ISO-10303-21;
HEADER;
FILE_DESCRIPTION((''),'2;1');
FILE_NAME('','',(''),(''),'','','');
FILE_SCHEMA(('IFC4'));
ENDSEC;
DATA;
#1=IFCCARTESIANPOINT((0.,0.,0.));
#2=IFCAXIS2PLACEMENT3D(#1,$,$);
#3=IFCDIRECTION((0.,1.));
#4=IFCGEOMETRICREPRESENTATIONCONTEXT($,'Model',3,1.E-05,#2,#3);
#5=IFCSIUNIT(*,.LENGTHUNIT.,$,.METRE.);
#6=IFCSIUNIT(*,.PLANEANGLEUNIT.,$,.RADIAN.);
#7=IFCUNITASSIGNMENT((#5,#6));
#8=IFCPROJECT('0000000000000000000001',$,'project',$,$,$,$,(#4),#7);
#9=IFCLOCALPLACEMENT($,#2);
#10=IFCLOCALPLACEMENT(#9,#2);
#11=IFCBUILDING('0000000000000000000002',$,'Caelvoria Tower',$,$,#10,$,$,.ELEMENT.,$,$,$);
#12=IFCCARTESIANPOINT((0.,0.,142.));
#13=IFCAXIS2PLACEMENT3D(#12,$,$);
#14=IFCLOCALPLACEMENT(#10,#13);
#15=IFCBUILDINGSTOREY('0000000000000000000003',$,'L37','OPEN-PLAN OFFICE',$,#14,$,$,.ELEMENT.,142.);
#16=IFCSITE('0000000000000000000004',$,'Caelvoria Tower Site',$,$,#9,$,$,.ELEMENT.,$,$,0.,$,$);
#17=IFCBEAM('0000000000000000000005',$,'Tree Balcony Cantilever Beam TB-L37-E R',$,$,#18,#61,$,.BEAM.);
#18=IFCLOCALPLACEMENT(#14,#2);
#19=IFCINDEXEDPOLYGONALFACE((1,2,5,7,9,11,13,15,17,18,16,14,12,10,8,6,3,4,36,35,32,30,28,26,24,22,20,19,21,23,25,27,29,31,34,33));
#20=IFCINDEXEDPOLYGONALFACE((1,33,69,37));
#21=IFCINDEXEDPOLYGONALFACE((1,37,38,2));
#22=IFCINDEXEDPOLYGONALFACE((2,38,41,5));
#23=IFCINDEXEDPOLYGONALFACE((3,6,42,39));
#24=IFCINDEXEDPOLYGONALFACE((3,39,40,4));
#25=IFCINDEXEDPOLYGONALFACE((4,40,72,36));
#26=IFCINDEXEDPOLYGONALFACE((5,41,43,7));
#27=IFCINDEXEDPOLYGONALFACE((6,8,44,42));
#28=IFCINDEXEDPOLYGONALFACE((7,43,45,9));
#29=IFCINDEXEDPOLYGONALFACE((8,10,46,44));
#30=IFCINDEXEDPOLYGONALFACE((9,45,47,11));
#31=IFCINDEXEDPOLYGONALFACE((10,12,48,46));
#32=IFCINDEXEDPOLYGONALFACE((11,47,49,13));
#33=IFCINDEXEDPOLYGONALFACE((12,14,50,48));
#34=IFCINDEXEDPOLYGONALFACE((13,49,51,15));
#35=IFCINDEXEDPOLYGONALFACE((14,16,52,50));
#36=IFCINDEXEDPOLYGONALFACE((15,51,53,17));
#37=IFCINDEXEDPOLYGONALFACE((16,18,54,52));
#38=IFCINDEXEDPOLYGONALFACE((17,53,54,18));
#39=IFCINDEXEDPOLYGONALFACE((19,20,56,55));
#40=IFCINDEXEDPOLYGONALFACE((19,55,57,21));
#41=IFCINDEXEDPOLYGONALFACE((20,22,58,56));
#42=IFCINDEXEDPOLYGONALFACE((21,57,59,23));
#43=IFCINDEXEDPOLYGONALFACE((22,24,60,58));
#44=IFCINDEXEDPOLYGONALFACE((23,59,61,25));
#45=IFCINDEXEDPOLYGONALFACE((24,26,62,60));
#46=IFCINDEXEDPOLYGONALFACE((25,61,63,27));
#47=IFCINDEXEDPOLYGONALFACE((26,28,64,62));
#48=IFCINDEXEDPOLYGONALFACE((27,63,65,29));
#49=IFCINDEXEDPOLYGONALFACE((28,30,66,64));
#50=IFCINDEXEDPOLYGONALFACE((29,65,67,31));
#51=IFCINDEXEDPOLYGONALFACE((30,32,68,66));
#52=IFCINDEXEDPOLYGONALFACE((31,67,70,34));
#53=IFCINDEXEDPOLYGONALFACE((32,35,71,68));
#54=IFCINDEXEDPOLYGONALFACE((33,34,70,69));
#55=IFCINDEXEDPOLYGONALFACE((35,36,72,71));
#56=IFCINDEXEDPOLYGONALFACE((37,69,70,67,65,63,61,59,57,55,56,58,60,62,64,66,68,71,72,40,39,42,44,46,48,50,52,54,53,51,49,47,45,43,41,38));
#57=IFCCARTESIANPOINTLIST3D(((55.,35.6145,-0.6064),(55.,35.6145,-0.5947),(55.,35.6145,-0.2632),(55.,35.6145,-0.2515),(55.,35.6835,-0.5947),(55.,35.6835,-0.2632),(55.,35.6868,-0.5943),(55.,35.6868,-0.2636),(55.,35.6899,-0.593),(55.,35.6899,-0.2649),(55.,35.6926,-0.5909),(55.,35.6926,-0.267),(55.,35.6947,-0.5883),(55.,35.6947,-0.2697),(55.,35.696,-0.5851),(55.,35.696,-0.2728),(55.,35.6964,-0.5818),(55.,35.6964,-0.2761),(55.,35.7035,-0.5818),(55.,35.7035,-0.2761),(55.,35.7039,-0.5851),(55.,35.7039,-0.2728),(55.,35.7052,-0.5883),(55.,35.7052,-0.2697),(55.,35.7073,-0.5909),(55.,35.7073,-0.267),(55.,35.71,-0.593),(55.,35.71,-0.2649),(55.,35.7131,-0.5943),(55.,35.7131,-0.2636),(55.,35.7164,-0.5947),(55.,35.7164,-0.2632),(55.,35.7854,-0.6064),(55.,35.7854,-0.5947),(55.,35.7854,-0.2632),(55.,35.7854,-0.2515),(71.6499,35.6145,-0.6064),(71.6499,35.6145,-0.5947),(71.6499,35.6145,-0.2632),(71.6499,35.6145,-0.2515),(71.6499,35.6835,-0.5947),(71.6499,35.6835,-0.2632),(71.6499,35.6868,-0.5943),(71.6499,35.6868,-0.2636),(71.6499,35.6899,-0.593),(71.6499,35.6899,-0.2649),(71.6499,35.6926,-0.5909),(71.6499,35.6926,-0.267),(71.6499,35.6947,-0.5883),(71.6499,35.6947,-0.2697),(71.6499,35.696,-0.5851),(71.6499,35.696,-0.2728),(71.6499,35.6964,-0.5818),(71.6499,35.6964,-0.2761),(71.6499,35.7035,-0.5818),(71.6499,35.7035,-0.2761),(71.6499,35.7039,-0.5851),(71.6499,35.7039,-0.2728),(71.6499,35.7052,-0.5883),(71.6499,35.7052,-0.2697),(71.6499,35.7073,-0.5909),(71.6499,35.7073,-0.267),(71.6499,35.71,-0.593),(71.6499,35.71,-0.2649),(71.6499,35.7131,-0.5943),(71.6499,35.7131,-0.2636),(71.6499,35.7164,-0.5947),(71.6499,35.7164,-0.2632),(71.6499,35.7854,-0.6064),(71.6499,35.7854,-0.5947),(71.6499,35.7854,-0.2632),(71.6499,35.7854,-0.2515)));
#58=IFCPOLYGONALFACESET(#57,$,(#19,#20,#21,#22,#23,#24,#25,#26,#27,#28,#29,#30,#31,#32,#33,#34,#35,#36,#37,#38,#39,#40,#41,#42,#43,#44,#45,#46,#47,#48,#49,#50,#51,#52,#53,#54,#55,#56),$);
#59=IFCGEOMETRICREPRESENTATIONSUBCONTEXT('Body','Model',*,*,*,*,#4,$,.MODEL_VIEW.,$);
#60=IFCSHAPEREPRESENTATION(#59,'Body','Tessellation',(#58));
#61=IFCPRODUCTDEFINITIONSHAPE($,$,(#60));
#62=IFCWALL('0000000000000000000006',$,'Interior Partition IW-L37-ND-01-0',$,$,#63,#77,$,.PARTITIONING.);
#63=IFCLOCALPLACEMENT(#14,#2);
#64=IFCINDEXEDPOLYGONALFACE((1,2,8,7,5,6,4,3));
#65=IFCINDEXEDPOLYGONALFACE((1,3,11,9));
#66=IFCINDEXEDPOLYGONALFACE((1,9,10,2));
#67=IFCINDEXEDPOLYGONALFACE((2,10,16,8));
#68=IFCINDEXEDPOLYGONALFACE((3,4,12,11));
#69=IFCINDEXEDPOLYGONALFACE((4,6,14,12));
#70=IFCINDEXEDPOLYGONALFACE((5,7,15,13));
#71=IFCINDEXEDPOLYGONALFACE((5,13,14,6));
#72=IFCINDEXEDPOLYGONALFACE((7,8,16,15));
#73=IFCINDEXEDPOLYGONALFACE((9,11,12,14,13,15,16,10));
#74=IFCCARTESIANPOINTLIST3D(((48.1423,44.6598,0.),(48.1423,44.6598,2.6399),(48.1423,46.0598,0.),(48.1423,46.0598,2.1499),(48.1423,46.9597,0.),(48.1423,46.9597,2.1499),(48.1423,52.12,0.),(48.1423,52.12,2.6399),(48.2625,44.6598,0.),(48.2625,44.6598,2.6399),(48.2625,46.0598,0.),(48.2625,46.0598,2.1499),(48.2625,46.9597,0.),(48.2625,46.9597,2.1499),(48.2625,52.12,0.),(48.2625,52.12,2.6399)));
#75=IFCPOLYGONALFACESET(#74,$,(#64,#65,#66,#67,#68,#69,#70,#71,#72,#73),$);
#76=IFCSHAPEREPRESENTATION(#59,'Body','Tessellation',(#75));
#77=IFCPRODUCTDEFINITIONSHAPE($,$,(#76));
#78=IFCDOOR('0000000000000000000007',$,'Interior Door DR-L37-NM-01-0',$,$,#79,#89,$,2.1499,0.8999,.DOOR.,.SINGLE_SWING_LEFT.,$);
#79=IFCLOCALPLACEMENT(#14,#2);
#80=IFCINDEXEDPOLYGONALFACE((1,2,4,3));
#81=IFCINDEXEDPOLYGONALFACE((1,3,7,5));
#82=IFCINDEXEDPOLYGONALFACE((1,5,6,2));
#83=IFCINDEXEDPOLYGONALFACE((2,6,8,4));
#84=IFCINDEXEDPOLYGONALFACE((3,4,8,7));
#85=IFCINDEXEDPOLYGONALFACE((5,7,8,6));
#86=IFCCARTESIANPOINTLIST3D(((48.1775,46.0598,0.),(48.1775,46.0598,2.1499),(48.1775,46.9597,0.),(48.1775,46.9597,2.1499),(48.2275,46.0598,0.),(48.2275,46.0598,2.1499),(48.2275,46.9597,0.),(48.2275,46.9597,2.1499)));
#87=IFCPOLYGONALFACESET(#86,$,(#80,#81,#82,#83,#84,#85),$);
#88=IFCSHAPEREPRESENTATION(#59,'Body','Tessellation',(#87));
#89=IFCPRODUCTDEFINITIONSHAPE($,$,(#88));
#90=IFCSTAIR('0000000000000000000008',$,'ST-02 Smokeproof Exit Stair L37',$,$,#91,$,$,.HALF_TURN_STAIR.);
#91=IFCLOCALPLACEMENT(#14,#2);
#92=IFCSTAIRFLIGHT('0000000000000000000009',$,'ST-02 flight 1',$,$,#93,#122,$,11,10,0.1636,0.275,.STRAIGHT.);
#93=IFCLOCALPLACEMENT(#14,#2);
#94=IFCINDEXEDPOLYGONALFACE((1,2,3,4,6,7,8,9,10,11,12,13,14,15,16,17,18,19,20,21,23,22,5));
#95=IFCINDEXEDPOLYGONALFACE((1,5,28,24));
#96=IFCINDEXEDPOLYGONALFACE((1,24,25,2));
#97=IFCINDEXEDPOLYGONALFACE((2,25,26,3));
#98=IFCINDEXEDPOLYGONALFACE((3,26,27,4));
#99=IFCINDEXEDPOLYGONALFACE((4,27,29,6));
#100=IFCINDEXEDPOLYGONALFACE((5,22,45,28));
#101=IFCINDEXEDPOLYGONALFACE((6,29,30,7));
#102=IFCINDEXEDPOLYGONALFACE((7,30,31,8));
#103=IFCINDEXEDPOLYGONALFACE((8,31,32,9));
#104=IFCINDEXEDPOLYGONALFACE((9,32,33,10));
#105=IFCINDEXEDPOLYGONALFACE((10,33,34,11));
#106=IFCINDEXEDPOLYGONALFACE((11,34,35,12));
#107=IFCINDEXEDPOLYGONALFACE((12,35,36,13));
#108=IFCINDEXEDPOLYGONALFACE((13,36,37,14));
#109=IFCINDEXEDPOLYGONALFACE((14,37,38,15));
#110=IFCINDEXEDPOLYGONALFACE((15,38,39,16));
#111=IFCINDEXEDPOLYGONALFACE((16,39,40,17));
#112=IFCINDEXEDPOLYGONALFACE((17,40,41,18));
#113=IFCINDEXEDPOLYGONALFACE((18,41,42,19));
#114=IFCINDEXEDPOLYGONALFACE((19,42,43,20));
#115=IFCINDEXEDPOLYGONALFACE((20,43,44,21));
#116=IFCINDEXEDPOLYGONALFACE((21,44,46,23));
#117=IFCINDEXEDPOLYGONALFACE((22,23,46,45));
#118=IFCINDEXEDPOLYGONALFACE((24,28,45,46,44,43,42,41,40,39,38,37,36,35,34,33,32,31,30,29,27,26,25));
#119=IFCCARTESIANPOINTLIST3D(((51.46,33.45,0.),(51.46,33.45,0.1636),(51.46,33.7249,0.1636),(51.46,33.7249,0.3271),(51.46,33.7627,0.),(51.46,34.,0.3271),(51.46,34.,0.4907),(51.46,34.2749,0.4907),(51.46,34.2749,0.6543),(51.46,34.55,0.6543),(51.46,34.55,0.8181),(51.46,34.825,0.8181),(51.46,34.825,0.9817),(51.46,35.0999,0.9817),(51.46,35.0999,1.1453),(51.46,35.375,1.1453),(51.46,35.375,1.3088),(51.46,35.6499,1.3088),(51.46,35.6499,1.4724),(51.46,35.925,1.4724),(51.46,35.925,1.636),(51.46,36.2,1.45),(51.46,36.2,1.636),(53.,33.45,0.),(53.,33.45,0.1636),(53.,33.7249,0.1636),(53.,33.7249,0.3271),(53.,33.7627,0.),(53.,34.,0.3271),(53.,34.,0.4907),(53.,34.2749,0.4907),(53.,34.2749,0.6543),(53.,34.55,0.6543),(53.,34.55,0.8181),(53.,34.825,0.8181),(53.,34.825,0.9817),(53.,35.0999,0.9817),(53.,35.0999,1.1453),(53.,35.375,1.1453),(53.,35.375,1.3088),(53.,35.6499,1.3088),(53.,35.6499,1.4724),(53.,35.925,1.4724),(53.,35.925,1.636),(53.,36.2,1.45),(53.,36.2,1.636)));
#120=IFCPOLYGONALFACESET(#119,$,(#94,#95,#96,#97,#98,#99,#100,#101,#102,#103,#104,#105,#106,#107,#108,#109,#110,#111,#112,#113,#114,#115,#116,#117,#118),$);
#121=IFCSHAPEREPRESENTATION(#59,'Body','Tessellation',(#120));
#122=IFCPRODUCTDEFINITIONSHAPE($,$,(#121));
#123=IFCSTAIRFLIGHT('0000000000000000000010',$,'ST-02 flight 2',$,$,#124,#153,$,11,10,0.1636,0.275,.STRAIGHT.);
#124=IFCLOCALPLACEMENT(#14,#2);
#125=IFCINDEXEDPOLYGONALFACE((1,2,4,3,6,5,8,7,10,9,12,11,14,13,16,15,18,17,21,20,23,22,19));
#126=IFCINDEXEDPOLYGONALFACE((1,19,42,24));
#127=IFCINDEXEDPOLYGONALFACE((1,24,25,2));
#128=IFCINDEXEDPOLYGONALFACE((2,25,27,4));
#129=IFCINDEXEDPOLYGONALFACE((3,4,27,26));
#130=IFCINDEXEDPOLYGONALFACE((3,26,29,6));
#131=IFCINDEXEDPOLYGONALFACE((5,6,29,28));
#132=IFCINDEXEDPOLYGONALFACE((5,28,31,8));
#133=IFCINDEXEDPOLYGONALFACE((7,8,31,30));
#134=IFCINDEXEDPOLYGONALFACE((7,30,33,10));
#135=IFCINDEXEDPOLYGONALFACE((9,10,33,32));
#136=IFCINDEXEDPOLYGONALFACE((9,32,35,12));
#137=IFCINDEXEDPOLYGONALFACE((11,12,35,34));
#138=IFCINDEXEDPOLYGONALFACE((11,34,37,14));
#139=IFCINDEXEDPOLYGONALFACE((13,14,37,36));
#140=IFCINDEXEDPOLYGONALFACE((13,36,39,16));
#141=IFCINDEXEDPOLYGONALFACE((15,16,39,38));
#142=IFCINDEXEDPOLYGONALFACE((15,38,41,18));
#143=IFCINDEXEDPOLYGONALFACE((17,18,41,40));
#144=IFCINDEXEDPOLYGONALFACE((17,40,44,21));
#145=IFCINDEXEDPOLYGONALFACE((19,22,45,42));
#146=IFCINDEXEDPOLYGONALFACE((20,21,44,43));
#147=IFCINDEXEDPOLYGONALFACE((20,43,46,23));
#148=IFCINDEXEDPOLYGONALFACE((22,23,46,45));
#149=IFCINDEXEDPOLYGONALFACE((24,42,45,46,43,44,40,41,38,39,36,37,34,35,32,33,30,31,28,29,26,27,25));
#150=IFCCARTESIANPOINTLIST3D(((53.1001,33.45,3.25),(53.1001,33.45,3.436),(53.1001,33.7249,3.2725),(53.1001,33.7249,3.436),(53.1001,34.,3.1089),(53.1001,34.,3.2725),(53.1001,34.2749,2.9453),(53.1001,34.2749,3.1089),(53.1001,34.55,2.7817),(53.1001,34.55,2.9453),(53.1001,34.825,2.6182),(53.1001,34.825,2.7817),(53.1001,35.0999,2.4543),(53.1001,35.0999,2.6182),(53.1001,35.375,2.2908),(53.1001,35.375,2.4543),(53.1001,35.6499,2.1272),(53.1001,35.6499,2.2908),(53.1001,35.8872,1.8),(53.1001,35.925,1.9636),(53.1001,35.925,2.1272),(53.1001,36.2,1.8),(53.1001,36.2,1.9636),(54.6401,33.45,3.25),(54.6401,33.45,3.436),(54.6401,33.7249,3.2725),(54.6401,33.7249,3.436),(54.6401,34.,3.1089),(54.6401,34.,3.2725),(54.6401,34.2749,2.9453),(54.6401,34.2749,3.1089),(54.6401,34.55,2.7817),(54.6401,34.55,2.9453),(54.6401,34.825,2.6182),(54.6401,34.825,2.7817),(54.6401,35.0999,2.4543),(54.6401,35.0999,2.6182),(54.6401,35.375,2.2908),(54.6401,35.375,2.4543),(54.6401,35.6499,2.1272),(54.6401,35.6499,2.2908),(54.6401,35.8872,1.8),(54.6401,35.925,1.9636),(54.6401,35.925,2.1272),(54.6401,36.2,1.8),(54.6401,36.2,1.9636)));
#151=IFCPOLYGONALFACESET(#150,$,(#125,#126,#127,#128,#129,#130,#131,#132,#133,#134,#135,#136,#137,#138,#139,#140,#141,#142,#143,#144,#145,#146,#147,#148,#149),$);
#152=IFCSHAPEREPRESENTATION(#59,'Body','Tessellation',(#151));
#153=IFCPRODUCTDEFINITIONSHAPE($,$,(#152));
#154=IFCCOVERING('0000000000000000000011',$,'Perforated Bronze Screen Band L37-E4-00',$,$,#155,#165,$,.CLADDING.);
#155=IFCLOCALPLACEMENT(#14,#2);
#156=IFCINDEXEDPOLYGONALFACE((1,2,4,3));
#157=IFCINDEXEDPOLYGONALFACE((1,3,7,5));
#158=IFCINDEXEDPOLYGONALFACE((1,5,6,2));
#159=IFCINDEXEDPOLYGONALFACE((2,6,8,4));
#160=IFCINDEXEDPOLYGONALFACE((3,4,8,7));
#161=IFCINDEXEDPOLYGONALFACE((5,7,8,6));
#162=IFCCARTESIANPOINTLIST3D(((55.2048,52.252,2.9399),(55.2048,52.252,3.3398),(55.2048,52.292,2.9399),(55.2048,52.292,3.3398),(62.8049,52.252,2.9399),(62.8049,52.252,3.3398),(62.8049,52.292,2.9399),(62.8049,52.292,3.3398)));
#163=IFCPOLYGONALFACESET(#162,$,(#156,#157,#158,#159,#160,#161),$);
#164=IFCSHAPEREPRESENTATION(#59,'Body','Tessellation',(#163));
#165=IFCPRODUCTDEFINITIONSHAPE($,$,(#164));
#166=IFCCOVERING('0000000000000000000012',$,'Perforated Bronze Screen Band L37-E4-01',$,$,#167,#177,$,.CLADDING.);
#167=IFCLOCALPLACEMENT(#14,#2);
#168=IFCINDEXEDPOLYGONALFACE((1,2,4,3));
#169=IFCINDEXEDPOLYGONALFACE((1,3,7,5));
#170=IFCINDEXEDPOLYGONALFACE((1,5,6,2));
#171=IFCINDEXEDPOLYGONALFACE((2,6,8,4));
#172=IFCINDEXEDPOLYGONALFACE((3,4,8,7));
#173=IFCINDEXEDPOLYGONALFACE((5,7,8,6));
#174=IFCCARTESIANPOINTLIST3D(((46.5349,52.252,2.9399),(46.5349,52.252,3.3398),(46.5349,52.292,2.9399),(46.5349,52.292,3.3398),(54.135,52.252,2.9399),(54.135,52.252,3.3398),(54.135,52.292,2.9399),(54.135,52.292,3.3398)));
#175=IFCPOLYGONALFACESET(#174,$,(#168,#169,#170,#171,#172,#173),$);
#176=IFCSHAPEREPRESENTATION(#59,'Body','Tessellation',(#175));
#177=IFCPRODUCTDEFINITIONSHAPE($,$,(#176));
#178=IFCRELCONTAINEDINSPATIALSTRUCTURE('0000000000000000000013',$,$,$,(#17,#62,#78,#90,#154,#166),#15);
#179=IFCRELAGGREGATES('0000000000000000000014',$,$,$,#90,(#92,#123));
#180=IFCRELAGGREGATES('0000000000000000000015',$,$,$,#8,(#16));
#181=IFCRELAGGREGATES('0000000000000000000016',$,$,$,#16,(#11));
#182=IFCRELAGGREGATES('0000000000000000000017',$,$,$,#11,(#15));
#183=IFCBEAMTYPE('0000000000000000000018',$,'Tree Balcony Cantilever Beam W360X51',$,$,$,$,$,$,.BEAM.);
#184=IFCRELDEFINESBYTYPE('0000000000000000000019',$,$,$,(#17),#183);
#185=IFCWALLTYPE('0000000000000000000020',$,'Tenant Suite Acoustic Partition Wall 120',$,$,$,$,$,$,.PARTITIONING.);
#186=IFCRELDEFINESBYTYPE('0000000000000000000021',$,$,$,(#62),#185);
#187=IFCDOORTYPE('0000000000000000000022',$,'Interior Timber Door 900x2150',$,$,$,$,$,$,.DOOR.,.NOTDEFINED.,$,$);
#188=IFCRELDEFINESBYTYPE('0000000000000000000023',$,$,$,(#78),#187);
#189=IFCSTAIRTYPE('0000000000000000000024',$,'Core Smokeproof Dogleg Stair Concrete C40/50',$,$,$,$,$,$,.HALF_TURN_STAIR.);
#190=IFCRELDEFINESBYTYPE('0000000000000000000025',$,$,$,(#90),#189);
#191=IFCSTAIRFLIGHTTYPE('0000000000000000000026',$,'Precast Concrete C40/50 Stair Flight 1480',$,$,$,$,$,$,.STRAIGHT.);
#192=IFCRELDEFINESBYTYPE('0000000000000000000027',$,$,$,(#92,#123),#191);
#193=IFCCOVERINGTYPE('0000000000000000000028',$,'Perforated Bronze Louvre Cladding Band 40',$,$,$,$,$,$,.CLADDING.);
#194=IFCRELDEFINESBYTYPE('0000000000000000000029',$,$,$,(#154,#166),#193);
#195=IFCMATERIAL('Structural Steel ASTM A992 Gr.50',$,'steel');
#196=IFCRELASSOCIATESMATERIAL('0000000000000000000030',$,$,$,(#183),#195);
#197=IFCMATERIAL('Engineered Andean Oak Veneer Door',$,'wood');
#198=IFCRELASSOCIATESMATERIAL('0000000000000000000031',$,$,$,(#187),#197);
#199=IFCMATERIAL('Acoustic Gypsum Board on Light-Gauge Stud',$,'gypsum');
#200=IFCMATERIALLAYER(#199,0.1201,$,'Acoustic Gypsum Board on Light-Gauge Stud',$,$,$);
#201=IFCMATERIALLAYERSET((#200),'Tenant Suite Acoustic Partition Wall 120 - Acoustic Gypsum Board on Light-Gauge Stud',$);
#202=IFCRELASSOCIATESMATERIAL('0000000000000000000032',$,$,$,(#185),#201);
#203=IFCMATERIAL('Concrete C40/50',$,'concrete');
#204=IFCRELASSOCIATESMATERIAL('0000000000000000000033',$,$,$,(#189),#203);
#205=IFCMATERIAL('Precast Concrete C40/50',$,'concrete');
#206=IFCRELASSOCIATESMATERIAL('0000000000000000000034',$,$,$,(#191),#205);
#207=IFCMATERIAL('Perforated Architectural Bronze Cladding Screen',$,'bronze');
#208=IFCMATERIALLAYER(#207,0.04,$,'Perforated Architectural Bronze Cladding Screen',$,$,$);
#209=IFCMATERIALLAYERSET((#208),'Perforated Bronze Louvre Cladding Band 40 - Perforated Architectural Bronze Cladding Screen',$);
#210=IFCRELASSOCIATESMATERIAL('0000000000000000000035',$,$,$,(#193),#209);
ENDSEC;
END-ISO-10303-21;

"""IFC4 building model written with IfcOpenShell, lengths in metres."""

from ifc_helpers import new_model, si_unit, direction, frame, frame_2d, origin, origin_2d, place, context, subcontext, project, spatial, polyline, rectangle, i_section, outline, extrude, material, layer, layer_set, material_profile, profile_set, type_object, element, fill, aggregate, save


model = new_model("IFC4")

# Units and contexts
model_context = context("Model", 3, precision=1e-05, world=origin(), true_north=direction((0.0, 1.0)))
body_context = subcontext(model_context, "Body", "Model", "MODEL_VIEW")
ifc_project = project(units=[si_unit("LENGTHUNIT", "METRE"), si_unit("PLANEANGLEUNIT", "RADIAN")], contexts=[model_context])

# Site, building, storey
site_placement = place(None, origin())
site = spatial("IfcSite", under=ifc_project, at=site_placement, Name="Caelvoria Tower Site", CompositionType="ELEMENT", RefElevation=0.0)
building_placement = place(site_placement, origin())
building = spatial("IfcBuilding", under=site, at=building_placement, Name="Caelvoria Tower", CompositionType="ELEMENT")
storey_placement = place(building_placement, frame((0.0, 0.0, 142.0)))
storey = spatial("IfcBuildingStorey", under=building, at=storey_placement, Name="L37", Description="OPEN-PLAN OFFICE", CompositionType="ELEMENT", Elevation=142.0)

# Shared definitions
ifc_material_1 = material(Name="Structural Steel ASTM A992 Gr.50", Category="steel")

# Beam
ifc_material_profile_1 = material_profile(ifc_material_1, i_section(OverallWidth=0.1709, OverallDepth=0.355, WebThickness=0.0071, FlangeThickness=0.0117, FilletRadius=0.0129, at=origin_2d()), Name="Structural Steel ASTM A992 Gr.50")
ifc_profile_set_1 = profile_set([ifc_material_profile_1], Name="W360X51 - Structural Steel ASTM A992 Gr.50")
beam_type_1 = type_object("IfcBeamType", Name="Tree Balcony Cantilever Beam W360X51", PredefinedType="BEAM", material=ifc_profile_set_1)
beam_1_placement = place(storey_placement, frame((55.0, 35.7, -0.429), z_axis=(1.0, 0.0, 0.0), x_axis=(0.0, 1.0, 0.0)))
element("IfcBeam", 1, at=beam_1_placement, inside=storey, type_object=beam_type_1, Name="Tree Balcony Cantilever Beam TB-L37-E R", PredefinedType="BEAM", context=body_context, shape_type="SweptSolid", body=[
    extrude(i_section(OverallWidth=0.1709, OverallDepth=0.355, WebThickness=0.0071, FlangeThickness=0.0117, FilletRadius=0.0129, at=origin_2d()), origin(), (0.0, 0.0, 1.0), 16.6499),
])

# Wall, opening, door
ifc_material_2 = material(Name="Engineered Andean Oak Veneer Door", Category="wood")
door_type_1 = type_object("IfcDoorType", Name="Interior Timber Door 900x2150", OperationType="NOTDEFINED", PredefinedType="DOOR", material=ifc_material_2)
ifc_material_3 = material(Name="Acoustic Gypsum Board on Light-Gauge Stud", Category="gypsum")
ifc_layer_1 = layer(ifc_material_3, 0.1201, Name="Acoustic Gypsum Board on Light-Gauge Stud")
ifc_layer_set_1 = layer_set([ifc_layer_1], Name="Tenant Suite Acoustic Partition Wall 120 - Acoustic Gypsum Board on Light-Gauge Stud")
wall_type_1 = type_object("IfcWallType", Name="Tenant Suite Acoustic Partition Wall 120", PredefinedType="PARTITIONING", material=ifc_layer_set_1)
wall_1_placement = place(storey_placement, frame((48.2024, 44.6599, 0.0), z_axis=(0.0, 0.0, 1.0), x_axis=(0.0, 1.0, 0.0)))
wall_1 = element("IfcWall", 2, at=wall_1_placement, inside=storey, type_object=wall_type_1, Name="Interior Partition IW-L37-ND-01-0", PredefinedType="PARTITIONING", context=body_context, shape_type="SweptSolid", body=[
    extrude(rectangle(XDim=7.4602, YDim=0.1201, at=frame_2d((3.73, 0.0))), origin(), (0.0, 0.0, 1.0), 2.6399),
])
opening_1_placement = place(wall_1_placement, frame((1.3999, 0.0, 0.0)))
opening_1 = element("IfcOpeningElement", 3, at=opening_1_placement, cuts=wall_1, PredefinedType="OPENING", context=body_context, shape_type="SweptSolid", body=[
    extrude(rectangle(XDim=0.8999, YDim=2.1499, at=frame_2d((0.45, 1.075))), frame((0.0, 0.0701, 0.0), z_axis=(0.0, -1.0, 0.0), x_axis=(1.0, 0.0, 0.0)), (0.0, 0.0, 1.0), 0.1401),
])
door_1_placement = place(opening_1_placement, origin())
door_1 = element("IfcDoor", 4, at=door_1_placement, inside=storey, type_object=door_type_1, Name="Interior Door DR-L37-NM-01-0", OperationType="SINGLE_SWING_LEFT", OverallHeight=2.1499, OverallWidth=0.8999, PredefinedType="DOOR", context=body_context, shape_type="SweptSolid", body=[
    extrude(rectangle(XDim=0.8999, YDim=2.1499, at=frame_2d((0.45, 1.075))), frame((0.0, 0.0249, 0.0), z_axis=(0.0, -1.0, 0.0), x_axis=(1.0, 0.0, 0.0)), (0.0, 0.0, 1.0), 0.05),
])
fill(opening_1, door_1)

# Stair, stair flights
ifc_material_4 = material(Name="Concrete C40/50", Category="concrete")
stair_type = type_object("IfcStairType", Name="Core Smokeproof Dogleg Stair Concrete C40/50", PredefinedType="HALF_TURN_STAIR", material=ifc_material_4)
stair_placement = place(storey_placement, origin())
stair = element("IfcStair", 5, at=stair_placement, inside=storey, type_object=stair_type, Name="ST-02 Smokeproof Exit Stair L37", PredefinedType="HALF_TURN_STAIR")
ifc_material_5 = material(Name="Precast Concrete C40/50", Category="concrete")
stair_flight_type = type_object("IfcStairFlightType", Name="Precast Concrete C40/50 Stair Flight 1480", PredefinedType="STRAIGHT", material=ifc_material_5)
stair_flight_1_placement = place(storey_placement, frame((52.23, 33.45, 0.0), z_axis=(0.0, 0.0, 1.0), x_axis=(0.0, 1.0, 0.0)))
stair_flight_1 = element("IfcStairFlight", 6, at=stair_flight_1_placement, type_object=stair_flight_type, Name="ST-02 flight 1", NumberOfRisers=11, NumberOfTreads=10, PredefinedType="STRAIGHT", RiserHeight=0.1636, TreadLength=0.275, context=body_context, shape_type="SweptSolid", body=[
    extrude(outline(polyline([(0.0, 0.0), (0.0, 0.1636), (0.2749, 0.1636), (0.2749, 0.3271), (0.55, 0.3271), (0.55, 0.4907), (0.825, 0.4907), (0.825, 0.6543), (1.1001, 0.6543), (1.1001, 0.8181), (1.375, 0.8181), (1.375, 0.9817), (1.6499, 0.9817), (1.6499, 1.1453), (1.925, 1.1453), (1.925, 1.3088), (2.2, 1.3088), (2.2, 1.4724), (2.4751, 1.4724), (2.4751, 1.636), (2.75, 1.636), (2.75, 1.7996), (2.75, 1.45), (0.3127, 0.0), (0.0, 0.0)])), frame((0.0, 0.77, 0.0), z_axis=(0.0, -1.0, 0.0), x_axis=(1.0, 0.0, 0.0)), (0.0, 0.0, 1.0), 1.54),
])
stair_flight_2_placement = place(storey_placement, frame((53.8701, 36.2, 1.8), z_axis=(0.0, 0.0, 1.0), x_axis=(0.0, -1.0, 0.0)))
stair_flight_2 = element("IfcStairFlight", 7, at=stair_flight_2_placement, type_object=stair_flight_type, Name="ST-02 flight 2", NumberOfRisers=11, NumberOfTreads=10, PredefinedType="STRAIGHT", RiserHeight=0.1636, TreadLength=0.275, context=body_context, shape_type="SweptSolid", body=[
    extrude(outline(polyline([(0.0, 0.0), (0.0, 0.1636), (0.2749, 0.1636), (0.2749, 0.3271), (0.55, 0.3271), (0.55, 0.4907), (0.825, 0.4907), (0.825, 0.6543), (1.1001, 0.6543), (1.1001, 0.8181), (1.375, 0.8181), (1.375, 0.9817), (1.6499, 0.9817), (1.6499, 1.1453), (1.925, 1.1453), (1.925, 1.3088), (2.2, 1.3088), (2.2, 1.4724), (2.4751, 1.4724), (2.4751, 1.636), (2.75, 1.636), (2.75, 1.7996), (2.75, 1.45), (0.3127, 0.0), (0.0, 0.0)])), frame((0.0, 0.77, 0.0), z_axis=(0.0, -1.0, 0.0), x_axis=(1.0, 0.0, 0.0)), (0.0, 0.0, 1.0), 1.54),
])
aggregate(stair, [stair_flight_1, stair_flight_2])

# Coverings
ifc_material_6 = material(Name="Perforated Architectural Bronze Cladding Screen", Category="bronze")
ifc_layer_2 = layer(ifc_material_6, 0.04, Name="Perforated Architectural Bronze Cladding Screen")
ifc_layer_set_2 = layer_set([ifc_layer_2], Name="Perforated Bronze Louvre Cladding Band 40 - Perforated Architectural Bronze Cladding Screen")
covering_type = type_object("IfcCoveringType", Name="Perforated Bronze Louvre Cladding Band 40", PredefinedType="CLADDING", material=ifc_layer_set_2)
for number, where, z_axis, x_axis, name in (
    (8, (59.0049, 52.272, 2.9399), (0.0, 0.0, 1.0), (-1.0, 0.0, 0.0), "Perforated Bronze Screen Band L37-E4-00"),
    (9, (50.335, 52.272, 2.9399), (0.0, 0.0, 1.0), (-1.0, 0.0, 0.0), "Perforated Bronze Screen Band L37-E4-01"),
):
    element("IfcCovering", number, at=place(storey_placement, frame(where, z_axis=z_axis, x_axis=x_axis)), inside=storey, type_object=covering_type, Name=name, PredefinedType="CLADDING", context=body_context, shape_type="SweptSolid", body=[
        extrude(rectangle(XDim=7.6001, YDim=0.04, at=origin_2d()), origin(), (0.0, 0.0, 1.0), 0.3999),
    ])

save(model, "model.ifc")
